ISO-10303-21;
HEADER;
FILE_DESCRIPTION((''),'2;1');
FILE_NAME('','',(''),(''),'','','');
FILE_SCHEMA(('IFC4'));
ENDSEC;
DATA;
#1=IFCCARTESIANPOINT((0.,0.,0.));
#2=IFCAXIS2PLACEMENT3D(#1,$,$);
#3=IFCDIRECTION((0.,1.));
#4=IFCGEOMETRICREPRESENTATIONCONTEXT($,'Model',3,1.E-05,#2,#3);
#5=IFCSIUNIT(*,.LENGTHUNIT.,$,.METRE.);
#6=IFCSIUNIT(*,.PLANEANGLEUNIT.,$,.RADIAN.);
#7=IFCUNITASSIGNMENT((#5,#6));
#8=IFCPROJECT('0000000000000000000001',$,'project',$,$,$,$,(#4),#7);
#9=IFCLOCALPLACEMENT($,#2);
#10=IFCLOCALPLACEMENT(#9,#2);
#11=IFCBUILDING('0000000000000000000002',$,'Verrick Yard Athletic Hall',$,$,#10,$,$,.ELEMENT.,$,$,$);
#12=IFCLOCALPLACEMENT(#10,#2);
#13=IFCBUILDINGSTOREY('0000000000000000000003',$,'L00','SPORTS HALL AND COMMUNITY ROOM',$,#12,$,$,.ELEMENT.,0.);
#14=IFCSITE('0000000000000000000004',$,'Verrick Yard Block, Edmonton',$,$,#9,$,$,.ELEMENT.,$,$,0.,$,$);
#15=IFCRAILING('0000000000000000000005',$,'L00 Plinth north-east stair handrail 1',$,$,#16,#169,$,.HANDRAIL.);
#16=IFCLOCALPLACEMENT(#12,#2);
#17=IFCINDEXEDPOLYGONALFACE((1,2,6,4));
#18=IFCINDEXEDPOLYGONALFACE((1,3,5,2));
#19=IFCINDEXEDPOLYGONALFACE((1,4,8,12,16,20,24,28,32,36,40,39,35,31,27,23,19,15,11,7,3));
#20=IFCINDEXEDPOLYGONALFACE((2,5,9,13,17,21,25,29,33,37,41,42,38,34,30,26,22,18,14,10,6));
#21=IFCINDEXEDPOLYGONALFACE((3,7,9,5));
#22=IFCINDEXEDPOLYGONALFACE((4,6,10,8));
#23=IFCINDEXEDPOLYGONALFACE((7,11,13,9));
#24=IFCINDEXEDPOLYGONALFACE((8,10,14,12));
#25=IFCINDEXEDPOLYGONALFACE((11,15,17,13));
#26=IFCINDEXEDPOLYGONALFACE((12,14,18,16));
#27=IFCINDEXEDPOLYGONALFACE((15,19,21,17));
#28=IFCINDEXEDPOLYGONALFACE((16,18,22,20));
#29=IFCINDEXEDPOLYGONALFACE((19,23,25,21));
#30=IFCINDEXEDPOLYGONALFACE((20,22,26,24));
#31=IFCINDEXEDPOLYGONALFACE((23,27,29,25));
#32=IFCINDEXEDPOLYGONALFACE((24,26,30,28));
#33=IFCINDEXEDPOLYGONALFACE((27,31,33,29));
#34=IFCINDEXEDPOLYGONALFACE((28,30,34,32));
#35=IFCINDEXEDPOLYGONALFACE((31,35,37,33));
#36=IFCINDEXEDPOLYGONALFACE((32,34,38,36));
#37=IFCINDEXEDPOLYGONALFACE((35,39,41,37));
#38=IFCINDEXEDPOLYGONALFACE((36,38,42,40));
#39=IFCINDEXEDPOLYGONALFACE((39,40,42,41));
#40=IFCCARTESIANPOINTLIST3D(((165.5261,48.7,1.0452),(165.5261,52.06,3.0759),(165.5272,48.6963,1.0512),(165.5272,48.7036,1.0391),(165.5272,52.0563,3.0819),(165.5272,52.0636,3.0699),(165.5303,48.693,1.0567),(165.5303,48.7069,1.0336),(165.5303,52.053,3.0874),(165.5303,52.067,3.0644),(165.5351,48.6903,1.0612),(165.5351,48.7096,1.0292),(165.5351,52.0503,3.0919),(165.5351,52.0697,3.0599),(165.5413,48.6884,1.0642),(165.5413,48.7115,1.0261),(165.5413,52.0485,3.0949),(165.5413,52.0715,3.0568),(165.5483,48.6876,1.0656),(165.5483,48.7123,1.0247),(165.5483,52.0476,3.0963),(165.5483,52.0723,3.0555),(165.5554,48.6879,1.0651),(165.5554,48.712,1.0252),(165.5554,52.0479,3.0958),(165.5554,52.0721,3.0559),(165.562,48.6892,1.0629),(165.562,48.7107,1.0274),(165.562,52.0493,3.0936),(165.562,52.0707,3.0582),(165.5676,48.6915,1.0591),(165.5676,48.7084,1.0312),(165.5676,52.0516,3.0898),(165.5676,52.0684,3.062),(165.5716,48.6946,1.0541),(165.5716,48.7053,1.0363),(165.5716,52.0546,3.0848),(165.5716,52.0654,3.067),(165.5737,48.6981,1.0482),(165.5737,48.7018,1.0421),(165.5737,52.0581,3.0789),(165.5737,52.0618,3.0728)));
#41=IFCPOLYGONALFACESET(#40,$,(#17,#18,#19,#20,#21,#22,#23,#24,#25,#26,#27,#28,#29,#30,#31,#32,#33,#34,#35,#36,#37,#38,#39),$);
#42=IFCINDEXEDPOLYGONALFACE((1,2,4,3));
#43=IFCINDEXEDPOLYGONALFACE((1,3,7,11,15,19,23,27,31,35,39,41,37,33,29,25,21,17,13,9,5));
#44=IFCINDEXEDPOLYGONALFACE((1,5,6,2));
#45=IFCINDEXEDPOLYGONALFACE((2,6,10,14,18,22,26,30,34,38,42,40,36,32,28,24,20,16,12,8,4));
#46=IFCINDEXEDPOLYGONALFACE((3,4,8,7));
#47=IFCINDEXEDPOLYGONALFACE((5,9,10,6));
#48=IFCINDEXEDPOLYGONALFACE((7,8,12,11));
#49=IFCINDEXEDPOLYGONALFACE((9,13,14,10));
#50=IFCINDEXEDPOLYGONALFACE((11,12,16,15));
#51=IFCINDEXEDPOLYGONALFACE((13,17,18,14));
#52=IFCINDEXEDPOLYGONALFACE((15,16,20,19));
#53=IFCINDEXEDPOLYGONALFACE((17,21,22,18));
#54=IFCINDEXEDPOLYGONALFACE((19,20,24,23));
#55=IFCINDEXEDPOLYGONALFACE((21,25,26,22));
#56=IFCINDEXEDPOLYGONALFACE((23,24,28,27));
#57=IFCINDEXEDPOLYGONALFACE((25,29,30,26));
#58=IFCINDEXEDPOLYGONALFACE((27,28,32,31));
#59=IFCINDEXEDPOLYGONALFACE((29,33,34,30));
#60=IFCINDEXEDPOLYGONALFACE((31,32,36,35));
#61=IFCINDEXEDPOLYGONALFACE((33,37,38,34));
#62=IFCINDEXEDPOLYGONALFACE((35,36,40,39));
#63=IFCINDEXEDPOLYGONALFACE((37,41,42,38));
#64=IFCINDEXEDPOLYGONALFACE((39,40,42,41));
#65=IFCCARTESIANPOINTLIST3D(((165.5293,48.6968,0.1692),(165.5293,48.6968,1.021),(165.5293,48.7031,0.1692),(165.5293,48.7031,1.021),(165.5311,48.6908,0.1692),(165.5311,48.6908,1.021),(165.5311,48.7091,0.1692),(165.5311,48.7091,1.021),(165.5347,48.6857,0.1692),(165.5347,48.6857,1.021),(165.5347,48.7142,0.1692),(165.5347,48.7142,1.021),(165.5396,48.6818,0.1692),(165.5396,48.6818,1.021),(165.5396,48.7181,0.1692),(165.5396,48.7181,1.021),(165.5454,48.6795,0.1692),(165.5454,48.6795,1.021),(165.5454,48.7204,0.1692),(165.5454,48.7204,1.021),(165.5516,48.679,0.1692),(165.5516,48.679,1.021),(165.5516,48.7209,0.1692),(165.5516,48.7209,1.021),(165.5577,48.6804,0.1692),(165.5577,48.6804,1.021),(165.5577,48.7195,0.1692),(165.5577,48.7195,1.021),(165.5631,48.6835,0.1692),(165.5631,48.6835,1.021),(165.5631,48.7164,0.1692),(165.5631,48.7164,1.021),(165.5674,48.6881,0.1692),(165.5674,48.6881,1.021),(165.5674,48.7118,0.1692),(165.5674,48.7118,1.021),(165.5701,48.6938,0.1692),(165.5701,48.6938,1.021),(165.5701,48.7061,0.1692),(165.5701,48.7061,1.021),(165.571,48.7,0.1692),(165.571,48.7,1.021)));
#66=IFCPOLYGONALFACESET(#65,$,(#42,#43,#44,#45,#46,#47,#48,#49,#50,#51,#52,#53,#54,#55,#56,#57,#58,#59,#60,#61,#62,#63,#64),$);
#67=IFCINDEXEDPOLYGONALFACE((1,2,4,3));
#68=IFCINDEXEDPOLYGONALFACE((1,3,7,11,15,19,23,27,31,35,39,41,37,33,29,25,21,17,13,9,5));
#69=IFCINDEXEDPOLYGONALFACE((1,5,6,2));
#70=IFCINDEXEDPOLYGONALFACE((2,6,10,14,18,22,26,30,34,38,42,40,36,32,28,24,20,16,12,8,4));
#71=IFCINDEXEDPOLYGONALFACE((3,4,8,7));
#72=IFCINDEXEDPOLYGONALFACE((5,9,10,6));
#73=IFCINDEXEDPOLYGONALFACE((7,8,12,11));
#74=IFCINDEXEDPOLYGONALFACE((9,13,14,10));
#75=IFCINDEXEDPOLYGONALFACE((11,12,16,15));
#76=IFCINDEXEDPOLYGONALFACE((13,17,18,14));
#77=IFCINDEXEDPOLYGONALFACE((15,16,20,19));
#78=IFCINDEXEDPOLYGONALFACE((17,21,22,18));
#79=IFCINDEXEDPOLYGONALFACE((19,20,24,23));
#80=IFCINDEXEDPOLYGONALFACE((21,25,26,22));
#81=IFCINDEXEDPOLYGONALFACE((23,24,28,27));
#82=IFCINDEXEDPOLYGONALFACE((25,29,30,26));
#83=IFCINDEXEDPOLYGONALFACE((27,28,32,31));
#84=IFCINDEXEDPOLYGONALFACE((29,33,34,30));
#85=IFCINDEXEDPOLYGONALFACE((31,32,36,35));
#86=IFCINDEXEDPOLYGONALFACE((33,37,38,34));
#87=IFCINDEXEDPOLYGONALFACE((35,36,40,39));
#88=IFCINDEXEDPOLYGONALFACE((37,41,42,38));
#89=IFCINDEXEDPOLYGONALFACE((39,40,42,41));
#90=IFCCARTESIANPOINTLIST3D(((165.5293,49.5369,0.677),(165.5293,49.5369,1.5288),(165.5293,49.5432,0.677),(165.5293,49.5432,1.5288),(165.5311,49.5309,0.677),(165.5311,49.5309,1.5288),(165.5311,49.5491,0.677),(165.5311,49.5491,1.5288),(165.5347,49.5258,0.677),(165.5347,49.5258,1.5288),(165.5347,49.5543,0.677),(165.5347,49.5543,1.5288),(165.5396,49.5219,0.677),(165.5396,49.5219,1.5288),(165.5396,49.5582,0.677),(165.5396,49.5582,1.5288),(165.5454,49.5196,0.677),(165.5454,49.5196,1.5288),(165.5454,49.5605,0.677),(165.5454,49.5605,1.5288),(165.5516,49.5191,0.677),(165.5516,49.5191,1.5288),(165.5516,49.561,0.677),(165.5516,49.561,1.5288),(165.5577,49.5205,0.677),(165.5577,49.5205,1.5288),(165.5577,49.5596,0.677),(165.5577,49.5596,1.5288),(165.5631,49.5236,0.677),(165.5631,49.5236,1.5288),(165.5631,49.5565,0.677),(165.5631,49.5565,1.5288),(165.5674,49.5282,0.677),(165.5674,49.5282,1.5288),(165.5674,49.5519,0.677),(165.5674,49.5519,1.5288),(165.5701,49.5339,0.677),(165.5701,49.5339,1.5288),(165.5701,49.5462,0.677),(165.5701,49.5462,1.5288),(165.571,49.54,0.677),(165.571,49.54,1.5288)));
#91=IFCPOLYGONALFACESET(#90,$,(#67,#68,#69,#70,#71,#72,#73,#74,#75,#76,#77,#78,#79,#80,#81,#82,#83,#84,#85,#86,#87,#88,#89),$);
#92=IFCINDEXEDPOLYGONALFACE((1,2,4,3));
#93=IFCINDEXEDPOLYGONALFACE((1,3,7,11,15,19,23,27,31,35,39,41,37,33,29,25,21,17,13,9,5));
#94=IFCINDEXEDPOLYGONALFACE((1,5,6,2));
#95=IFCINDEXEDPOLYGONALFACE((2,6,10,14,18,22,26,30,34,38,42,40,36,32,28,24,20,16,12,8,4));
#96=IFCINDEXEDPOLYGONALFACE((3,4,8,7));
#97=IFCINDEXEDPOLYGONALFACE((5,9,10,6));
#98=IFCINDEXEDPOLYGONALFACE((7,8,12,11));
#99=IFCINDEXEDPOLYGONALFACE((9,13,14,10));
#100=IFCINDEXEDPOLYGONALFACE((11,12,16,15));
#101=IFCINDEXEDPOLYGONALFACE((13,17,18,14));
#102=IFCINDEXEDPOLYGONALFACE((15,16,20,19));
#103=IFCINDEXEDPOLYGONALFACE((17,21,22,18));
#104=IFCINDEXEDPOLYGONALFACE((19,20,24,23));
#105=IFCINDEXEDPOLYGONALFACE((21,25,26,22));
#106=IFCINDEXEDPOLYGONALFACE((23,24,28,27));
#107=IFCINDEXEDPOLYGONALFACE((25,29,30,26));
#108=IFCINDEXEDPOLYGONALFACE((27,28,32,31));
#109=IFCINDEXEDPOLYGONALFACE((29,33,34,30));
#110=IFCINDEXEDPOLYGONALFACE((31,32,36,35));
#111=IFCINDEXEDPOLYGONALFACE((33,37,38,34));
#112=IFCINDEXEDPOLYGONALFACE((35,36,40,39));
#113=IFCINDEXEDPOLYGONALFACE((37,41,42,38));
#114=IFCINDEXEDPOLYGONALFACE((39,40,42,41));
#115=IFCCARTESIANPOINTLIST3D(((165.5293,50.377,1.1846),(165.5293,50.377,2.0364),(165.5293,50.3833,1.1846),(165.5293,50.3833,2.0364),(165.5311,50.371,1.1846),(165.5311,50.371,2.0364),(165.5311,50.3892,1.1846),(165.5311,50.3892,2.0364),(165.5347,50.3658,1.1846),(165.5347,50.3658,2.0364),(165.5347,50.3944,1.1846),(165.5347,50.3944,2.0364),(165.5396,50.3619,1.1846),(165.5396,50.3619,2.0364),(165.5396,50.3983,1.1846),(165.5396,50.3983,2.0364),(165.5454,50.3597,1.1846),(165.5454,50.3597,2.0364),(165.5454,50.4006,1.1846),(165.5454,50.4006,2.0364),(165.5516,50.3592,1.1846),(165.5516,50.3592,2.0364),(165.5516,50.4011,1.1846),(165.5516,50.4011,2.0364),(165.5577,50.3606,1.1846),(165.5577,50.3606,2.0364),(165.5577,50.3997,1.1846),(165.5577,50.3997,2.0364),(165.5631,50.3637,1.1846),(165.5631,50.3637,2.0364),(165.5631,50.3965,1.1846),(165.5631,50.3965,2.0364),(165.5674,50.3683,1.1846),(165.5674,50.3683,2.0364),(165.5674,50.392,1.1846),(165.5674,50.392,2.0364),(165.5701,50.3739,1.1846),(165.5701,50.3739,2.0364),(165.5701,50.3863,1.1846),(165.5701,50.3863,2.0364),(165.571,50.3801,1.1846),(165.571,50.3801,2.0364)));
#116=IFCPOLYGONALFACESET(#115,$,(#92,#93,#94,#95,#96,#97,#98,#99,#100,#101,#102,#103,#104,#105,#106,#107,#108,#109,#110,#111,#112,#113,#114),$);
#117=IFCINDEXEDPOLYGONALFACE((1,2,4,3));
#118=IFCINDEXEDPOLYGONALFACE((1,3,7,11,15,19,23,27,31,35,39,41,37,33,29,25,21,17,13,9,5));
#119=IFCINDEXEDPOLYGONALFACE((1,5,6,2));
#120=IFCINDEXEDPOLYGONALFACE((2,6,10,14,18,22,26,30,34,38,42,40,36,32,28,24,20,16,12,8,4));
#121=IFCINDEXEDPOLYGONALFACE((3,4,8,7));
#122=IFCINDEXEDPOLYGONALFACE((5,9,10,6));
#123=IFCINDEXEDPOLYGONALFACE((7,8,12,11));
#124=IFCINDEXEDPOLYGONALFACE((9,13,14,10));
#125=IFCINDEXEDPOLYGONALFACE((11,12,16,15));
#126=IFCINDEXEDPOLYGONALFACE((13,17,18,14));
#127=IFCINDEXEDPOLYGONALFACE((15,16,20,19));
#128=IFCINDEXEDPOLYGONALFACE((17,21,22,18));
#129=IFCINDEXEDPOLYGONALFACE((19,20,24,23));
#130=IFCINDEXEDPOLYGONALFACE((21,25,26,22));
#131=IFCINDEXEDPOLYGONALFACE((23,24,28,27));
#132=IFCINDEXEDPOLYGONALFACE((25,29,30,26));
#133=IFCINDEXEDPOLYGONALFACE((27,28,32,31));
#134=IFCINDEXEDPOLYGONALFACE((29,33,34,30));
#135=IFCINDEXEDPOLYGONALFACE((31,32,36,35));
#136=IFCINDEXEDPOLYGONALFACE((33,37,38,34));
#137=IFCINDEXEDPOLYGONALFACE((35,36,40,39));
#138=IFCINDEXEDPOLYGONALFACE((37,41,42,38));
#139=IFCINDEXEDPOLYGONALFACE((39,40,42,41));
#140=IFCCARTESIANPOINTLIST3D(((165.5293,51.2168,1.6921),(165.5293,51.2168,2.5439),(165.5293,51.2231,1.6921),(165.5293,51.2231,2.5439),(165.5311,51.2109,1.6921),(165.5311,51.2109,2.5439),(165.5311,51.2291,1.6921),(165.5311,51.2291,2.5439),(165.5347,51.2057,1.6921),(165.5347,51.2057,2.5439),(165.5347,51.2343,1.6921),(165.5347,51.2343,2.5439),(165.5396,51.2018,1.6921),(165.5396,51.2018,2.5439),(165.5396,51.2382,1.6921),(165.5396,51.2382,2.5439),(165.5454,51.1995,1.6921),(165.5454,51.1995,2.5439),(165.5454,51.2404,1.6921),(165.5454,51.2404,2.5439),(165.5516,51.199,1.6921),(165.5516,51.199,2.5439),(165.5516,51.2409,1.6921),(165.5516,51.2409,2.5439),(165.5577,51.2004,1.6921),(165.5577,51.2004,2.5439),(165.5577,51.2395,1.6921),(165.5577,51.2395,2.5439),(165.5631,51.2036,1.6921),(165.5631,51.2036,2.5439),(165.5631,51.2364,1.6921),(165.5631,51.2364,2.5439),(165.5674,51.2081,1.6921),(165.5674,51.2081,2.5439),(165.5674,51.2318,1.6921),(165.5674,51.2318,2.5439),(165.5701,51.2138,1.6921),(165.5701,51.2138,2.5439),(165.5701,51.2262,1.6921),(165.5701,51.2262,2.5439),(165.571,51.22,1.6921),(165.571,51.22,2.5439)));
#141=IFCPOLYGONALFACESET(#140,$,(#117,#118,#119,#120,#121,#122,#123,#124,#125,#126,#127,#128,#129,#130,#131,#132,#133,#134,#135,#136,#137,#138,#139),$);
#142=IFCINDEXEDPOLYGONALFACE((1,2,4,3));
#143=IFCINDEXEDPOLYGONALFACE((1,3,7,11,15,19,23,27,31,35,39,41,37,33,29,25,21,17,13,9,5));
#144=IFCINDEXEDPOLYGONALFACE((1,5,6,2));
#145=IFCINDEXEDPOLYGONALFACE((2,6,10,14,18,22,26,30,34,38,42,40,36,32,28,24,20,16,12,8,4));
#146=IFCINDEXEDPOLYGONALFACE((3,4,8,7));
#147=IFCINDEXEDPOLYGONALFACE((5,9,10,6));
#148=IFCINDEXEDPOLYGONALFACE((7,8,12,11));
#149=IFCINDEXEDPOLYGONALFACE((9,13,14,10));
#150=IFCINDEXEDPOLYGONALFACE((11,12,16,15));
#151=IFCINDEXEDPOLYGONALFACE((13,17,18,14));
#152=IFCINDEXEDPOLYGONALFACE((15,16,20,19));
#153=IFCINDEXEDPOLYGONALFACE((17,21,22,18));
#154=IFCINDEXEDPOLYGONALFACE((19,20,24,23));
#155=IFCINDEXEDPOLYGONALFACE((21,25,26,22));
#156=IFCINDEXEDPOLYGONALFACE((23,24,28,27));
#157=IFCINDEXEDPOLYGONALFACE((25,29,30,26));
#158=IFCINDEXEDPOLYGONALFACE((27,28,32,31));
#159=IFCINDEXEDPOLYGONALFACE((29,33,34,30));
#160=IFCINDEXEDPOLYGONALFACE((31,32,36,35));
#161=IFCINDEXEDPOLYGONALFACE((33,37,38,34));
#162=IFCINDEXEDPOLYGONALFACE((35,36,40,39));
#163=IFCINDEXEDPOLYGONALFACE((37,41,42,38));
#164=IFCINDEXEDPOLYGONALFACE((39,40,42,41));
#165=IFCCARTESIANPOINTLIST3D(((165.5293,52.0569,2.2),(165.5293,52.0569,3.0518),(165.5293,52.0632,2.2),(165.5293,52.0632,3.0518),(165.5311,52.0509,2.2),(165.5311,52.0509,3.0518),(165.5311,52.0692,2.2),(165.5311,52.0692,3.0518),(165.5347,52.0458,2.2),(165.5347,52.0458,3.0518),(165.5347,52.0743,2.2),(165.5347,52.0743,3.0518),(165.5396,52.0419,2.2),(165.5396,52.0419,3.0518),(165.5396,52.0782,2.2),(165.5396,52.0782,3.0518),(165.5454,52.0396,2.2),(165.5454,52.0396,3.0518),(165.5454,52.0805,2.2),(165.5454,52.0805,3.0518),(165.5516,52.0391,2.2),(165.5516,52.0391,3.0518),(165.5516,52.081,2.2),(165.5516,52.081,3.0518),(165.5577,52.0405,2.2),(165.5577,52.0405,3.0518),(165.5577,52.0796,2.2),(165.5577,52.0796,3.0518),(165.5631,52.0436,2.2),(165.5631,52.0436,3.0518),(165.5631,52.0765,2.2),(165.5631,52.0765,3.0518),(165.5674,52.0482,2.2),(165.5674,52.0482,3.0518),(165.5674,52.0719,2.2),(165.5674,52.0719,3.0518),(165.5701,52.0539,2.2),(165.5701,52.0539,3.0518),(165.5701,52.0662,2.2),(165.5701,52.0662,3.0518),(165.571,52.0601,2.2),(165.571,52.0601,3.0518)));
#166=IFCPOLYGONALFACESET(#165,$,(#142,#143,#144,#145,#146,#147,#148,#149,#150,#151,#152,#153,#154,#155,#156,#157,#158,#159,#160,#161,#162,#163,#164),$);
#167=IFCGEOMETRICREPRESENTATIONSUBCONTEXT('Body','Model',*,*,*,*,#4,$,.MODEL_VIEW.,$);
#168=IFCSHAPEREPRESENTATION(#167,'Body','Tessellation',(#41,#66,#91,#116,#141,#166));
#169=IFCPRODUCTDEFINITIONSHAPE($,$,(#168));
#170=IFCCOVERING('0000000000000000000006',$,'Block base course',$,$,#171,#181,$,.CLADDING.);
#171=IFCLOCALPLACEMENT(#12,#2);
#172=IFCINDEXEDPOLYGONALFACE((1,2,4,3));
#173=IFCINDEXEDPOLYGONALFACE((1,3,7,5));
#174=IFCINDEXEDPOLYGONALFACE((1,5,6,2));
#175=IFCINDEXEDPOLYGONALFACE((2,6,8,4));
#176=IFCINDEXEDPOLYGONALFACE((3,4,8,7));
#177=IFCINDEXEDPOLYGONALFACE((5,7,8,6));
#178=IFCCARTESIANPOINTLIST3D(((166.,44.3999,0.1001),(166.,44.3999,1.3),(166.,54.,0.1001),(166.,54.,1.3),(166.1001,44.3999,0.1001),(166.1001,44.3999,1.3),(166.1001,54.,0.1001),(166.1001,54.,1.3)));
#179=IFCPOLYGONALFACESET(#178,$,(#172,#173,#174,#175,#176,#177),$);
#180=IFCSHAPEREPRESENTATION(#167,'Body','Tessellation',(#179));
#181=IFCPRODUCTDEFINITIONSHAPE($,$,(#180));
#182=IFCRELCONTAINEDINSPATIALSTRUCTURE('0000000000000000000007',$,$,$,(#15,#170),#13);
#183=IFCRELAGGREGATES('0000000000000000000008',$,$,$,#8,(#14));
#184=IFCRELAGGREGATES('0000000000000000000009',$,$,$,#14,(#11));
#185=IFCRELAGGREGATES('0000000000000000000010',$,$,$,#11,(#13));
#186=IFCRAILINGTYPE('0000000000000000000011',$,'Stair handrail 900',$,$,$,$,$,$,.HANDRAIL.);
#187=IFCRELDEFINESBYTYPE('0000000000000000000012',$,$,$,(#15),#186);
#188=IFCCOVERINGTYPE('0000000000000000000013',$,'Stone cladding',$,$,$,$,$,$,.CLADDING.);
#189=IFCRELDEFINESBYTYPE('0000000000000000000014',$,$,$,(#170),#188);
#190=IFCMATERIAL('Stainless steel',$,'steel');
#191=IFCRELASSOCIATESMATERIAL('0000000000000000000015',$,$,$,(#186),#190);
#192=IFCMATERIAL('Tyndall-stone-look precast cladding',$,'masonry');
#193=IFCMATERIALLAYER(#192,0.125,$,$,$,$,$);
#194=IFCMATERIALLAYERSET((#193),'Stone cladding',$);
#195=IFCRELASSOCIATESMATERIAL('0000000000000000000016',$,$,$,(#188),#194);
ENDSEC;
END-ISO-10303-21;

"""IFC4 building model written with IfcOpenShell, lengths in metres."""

from ifc_helpers import new_model, si_unit, direction, frame, origin, origin_2d, place, context, subcontext, project, spatial, rectangle, circle, extrude, material, layer, layer_set, type_object, element, save


model = new_model("IFC4")

# Units and contexts
model_context = context("Model", 3, precision=1e-05, world=origin(), true_north=direction((0.0, 1.0)))
body_context = subcontext(model_context, "Body", "Model", "MODEL_VIEW")
ifc_project = project(units=[si_unit("LENGTHUNIT", "METRE"), si_unit("PLANEANGLEUNIT", "RADIAN")], contexts=[model_context])

# Site, building, storey
site_placement = place(None, origin())
site = spatial("IfcSite", under=ifc_project, at=site_placement, Name="Verrick Yard Block, Edmonton", CompositionType="ELEMENT", RefElevation=0.0)
building_placement = place(site_placement, origin())
building = spatial("IfcBuilding", under=site, at=building_placement, Name="Verrick Yard Athletic Hall", CompositionType="ELEMENT")
storey_placement = place(building_placement, origin())
storey = spatial("IfcBuildingStorey", under=building, at=storey_placement, Name="L00", Description="SPORTS HALL AND COMMUNITY ROOM", CompositionType="ELEMENT", Elevation=0.0)

# Railing
ifc_material_1 = material(Name="Stainless steel", Category="steel")
railing_type_1 = type_object("IfcRailingType", Name="Stair handrail 900", PredefinedType="HANDRAIL", material=ifc_material_1)
railing_1_placement = place(storey_placement, frame((165.55, 48.7, 0.1692)))
element("IfcRailing", 1, at=railing_1_placement, inside=storey, type_object=railing_type_1, Name="L00 Plinth north-east stair handrail 1", PredefinedType="HANDRAIL", context=body_context, shape_type="SweptSolid", body=[
    extrude(circle(Radius=0.0239, at=origin_2d()), frame((0.0, 0.0, 0.876), z_axis=(0.0, 0.855837, 0.517246), x_axis=(-1.0, 0.0, 0.0)), (0.0, 0.0, 1.0), 3.926),
    extrude(circle(Radius=0.021, at=origin_2d()), origin(), (0.0, 0.0, 1.0), 0.8518),
    extrude(circle(Radius=0.021, at=origin_2d()), frame((0.0, 0.8401, 0.5078)), (0.0, 0.0, 1.0), 0.8518),
    extrude(circle(Radius=0.021, at=origin_2d()), frame((0.0, 1.6802, 1.0154)), (0.0, 0.0, 1.0), 0.8518),
    extrude(circle(Radius=0.021, at=origin_2d()), frame((0.0, 2.52, 1.5229)), (0.0, 0.0, 1.0), 0.8518),
    extrude(circle(Radius=0.021, at=origin_2d()), frame((0.0, 3.3601, 2.0308)), (0.0, 0.0, 1.0), 0.8518),
])

# Covering
ifc_material_2 = material(Name="Tyndall-stone-look precast cladding", Category="masonry")
ifc_layer_1 = layer(ifc_material_2, 0.125)
ifc_layer_set_1 = layer_set([ifc_layer_1], Name="Stone cladding")
covering_type = type_object("IfcCoveringType", Name="Stone cladding", PredefinedType="CLADDING", material=ifc_layer_set_1)
covering_placement = place(storey_placement, frame((166.05, 49.2, 0.1001), z_axis=(0.0, 0.0, 1.0), x_axis=(1.0, 0.0, 0.0)))
element("IfcCovering", 2, at=covering_placement, inside=storey, type_object=covering_type, Name="Block base course", PredefinedType="CLADDING", context=body_context, shape_type="SweptSolid", body=[
    extrude(rectangle(XDim=0.1001, YDim=9.6001, at=origin_2d()), origin(), (0.0, 0.0, 1.0), 1.2),
])

save(model, "model.ifc")
